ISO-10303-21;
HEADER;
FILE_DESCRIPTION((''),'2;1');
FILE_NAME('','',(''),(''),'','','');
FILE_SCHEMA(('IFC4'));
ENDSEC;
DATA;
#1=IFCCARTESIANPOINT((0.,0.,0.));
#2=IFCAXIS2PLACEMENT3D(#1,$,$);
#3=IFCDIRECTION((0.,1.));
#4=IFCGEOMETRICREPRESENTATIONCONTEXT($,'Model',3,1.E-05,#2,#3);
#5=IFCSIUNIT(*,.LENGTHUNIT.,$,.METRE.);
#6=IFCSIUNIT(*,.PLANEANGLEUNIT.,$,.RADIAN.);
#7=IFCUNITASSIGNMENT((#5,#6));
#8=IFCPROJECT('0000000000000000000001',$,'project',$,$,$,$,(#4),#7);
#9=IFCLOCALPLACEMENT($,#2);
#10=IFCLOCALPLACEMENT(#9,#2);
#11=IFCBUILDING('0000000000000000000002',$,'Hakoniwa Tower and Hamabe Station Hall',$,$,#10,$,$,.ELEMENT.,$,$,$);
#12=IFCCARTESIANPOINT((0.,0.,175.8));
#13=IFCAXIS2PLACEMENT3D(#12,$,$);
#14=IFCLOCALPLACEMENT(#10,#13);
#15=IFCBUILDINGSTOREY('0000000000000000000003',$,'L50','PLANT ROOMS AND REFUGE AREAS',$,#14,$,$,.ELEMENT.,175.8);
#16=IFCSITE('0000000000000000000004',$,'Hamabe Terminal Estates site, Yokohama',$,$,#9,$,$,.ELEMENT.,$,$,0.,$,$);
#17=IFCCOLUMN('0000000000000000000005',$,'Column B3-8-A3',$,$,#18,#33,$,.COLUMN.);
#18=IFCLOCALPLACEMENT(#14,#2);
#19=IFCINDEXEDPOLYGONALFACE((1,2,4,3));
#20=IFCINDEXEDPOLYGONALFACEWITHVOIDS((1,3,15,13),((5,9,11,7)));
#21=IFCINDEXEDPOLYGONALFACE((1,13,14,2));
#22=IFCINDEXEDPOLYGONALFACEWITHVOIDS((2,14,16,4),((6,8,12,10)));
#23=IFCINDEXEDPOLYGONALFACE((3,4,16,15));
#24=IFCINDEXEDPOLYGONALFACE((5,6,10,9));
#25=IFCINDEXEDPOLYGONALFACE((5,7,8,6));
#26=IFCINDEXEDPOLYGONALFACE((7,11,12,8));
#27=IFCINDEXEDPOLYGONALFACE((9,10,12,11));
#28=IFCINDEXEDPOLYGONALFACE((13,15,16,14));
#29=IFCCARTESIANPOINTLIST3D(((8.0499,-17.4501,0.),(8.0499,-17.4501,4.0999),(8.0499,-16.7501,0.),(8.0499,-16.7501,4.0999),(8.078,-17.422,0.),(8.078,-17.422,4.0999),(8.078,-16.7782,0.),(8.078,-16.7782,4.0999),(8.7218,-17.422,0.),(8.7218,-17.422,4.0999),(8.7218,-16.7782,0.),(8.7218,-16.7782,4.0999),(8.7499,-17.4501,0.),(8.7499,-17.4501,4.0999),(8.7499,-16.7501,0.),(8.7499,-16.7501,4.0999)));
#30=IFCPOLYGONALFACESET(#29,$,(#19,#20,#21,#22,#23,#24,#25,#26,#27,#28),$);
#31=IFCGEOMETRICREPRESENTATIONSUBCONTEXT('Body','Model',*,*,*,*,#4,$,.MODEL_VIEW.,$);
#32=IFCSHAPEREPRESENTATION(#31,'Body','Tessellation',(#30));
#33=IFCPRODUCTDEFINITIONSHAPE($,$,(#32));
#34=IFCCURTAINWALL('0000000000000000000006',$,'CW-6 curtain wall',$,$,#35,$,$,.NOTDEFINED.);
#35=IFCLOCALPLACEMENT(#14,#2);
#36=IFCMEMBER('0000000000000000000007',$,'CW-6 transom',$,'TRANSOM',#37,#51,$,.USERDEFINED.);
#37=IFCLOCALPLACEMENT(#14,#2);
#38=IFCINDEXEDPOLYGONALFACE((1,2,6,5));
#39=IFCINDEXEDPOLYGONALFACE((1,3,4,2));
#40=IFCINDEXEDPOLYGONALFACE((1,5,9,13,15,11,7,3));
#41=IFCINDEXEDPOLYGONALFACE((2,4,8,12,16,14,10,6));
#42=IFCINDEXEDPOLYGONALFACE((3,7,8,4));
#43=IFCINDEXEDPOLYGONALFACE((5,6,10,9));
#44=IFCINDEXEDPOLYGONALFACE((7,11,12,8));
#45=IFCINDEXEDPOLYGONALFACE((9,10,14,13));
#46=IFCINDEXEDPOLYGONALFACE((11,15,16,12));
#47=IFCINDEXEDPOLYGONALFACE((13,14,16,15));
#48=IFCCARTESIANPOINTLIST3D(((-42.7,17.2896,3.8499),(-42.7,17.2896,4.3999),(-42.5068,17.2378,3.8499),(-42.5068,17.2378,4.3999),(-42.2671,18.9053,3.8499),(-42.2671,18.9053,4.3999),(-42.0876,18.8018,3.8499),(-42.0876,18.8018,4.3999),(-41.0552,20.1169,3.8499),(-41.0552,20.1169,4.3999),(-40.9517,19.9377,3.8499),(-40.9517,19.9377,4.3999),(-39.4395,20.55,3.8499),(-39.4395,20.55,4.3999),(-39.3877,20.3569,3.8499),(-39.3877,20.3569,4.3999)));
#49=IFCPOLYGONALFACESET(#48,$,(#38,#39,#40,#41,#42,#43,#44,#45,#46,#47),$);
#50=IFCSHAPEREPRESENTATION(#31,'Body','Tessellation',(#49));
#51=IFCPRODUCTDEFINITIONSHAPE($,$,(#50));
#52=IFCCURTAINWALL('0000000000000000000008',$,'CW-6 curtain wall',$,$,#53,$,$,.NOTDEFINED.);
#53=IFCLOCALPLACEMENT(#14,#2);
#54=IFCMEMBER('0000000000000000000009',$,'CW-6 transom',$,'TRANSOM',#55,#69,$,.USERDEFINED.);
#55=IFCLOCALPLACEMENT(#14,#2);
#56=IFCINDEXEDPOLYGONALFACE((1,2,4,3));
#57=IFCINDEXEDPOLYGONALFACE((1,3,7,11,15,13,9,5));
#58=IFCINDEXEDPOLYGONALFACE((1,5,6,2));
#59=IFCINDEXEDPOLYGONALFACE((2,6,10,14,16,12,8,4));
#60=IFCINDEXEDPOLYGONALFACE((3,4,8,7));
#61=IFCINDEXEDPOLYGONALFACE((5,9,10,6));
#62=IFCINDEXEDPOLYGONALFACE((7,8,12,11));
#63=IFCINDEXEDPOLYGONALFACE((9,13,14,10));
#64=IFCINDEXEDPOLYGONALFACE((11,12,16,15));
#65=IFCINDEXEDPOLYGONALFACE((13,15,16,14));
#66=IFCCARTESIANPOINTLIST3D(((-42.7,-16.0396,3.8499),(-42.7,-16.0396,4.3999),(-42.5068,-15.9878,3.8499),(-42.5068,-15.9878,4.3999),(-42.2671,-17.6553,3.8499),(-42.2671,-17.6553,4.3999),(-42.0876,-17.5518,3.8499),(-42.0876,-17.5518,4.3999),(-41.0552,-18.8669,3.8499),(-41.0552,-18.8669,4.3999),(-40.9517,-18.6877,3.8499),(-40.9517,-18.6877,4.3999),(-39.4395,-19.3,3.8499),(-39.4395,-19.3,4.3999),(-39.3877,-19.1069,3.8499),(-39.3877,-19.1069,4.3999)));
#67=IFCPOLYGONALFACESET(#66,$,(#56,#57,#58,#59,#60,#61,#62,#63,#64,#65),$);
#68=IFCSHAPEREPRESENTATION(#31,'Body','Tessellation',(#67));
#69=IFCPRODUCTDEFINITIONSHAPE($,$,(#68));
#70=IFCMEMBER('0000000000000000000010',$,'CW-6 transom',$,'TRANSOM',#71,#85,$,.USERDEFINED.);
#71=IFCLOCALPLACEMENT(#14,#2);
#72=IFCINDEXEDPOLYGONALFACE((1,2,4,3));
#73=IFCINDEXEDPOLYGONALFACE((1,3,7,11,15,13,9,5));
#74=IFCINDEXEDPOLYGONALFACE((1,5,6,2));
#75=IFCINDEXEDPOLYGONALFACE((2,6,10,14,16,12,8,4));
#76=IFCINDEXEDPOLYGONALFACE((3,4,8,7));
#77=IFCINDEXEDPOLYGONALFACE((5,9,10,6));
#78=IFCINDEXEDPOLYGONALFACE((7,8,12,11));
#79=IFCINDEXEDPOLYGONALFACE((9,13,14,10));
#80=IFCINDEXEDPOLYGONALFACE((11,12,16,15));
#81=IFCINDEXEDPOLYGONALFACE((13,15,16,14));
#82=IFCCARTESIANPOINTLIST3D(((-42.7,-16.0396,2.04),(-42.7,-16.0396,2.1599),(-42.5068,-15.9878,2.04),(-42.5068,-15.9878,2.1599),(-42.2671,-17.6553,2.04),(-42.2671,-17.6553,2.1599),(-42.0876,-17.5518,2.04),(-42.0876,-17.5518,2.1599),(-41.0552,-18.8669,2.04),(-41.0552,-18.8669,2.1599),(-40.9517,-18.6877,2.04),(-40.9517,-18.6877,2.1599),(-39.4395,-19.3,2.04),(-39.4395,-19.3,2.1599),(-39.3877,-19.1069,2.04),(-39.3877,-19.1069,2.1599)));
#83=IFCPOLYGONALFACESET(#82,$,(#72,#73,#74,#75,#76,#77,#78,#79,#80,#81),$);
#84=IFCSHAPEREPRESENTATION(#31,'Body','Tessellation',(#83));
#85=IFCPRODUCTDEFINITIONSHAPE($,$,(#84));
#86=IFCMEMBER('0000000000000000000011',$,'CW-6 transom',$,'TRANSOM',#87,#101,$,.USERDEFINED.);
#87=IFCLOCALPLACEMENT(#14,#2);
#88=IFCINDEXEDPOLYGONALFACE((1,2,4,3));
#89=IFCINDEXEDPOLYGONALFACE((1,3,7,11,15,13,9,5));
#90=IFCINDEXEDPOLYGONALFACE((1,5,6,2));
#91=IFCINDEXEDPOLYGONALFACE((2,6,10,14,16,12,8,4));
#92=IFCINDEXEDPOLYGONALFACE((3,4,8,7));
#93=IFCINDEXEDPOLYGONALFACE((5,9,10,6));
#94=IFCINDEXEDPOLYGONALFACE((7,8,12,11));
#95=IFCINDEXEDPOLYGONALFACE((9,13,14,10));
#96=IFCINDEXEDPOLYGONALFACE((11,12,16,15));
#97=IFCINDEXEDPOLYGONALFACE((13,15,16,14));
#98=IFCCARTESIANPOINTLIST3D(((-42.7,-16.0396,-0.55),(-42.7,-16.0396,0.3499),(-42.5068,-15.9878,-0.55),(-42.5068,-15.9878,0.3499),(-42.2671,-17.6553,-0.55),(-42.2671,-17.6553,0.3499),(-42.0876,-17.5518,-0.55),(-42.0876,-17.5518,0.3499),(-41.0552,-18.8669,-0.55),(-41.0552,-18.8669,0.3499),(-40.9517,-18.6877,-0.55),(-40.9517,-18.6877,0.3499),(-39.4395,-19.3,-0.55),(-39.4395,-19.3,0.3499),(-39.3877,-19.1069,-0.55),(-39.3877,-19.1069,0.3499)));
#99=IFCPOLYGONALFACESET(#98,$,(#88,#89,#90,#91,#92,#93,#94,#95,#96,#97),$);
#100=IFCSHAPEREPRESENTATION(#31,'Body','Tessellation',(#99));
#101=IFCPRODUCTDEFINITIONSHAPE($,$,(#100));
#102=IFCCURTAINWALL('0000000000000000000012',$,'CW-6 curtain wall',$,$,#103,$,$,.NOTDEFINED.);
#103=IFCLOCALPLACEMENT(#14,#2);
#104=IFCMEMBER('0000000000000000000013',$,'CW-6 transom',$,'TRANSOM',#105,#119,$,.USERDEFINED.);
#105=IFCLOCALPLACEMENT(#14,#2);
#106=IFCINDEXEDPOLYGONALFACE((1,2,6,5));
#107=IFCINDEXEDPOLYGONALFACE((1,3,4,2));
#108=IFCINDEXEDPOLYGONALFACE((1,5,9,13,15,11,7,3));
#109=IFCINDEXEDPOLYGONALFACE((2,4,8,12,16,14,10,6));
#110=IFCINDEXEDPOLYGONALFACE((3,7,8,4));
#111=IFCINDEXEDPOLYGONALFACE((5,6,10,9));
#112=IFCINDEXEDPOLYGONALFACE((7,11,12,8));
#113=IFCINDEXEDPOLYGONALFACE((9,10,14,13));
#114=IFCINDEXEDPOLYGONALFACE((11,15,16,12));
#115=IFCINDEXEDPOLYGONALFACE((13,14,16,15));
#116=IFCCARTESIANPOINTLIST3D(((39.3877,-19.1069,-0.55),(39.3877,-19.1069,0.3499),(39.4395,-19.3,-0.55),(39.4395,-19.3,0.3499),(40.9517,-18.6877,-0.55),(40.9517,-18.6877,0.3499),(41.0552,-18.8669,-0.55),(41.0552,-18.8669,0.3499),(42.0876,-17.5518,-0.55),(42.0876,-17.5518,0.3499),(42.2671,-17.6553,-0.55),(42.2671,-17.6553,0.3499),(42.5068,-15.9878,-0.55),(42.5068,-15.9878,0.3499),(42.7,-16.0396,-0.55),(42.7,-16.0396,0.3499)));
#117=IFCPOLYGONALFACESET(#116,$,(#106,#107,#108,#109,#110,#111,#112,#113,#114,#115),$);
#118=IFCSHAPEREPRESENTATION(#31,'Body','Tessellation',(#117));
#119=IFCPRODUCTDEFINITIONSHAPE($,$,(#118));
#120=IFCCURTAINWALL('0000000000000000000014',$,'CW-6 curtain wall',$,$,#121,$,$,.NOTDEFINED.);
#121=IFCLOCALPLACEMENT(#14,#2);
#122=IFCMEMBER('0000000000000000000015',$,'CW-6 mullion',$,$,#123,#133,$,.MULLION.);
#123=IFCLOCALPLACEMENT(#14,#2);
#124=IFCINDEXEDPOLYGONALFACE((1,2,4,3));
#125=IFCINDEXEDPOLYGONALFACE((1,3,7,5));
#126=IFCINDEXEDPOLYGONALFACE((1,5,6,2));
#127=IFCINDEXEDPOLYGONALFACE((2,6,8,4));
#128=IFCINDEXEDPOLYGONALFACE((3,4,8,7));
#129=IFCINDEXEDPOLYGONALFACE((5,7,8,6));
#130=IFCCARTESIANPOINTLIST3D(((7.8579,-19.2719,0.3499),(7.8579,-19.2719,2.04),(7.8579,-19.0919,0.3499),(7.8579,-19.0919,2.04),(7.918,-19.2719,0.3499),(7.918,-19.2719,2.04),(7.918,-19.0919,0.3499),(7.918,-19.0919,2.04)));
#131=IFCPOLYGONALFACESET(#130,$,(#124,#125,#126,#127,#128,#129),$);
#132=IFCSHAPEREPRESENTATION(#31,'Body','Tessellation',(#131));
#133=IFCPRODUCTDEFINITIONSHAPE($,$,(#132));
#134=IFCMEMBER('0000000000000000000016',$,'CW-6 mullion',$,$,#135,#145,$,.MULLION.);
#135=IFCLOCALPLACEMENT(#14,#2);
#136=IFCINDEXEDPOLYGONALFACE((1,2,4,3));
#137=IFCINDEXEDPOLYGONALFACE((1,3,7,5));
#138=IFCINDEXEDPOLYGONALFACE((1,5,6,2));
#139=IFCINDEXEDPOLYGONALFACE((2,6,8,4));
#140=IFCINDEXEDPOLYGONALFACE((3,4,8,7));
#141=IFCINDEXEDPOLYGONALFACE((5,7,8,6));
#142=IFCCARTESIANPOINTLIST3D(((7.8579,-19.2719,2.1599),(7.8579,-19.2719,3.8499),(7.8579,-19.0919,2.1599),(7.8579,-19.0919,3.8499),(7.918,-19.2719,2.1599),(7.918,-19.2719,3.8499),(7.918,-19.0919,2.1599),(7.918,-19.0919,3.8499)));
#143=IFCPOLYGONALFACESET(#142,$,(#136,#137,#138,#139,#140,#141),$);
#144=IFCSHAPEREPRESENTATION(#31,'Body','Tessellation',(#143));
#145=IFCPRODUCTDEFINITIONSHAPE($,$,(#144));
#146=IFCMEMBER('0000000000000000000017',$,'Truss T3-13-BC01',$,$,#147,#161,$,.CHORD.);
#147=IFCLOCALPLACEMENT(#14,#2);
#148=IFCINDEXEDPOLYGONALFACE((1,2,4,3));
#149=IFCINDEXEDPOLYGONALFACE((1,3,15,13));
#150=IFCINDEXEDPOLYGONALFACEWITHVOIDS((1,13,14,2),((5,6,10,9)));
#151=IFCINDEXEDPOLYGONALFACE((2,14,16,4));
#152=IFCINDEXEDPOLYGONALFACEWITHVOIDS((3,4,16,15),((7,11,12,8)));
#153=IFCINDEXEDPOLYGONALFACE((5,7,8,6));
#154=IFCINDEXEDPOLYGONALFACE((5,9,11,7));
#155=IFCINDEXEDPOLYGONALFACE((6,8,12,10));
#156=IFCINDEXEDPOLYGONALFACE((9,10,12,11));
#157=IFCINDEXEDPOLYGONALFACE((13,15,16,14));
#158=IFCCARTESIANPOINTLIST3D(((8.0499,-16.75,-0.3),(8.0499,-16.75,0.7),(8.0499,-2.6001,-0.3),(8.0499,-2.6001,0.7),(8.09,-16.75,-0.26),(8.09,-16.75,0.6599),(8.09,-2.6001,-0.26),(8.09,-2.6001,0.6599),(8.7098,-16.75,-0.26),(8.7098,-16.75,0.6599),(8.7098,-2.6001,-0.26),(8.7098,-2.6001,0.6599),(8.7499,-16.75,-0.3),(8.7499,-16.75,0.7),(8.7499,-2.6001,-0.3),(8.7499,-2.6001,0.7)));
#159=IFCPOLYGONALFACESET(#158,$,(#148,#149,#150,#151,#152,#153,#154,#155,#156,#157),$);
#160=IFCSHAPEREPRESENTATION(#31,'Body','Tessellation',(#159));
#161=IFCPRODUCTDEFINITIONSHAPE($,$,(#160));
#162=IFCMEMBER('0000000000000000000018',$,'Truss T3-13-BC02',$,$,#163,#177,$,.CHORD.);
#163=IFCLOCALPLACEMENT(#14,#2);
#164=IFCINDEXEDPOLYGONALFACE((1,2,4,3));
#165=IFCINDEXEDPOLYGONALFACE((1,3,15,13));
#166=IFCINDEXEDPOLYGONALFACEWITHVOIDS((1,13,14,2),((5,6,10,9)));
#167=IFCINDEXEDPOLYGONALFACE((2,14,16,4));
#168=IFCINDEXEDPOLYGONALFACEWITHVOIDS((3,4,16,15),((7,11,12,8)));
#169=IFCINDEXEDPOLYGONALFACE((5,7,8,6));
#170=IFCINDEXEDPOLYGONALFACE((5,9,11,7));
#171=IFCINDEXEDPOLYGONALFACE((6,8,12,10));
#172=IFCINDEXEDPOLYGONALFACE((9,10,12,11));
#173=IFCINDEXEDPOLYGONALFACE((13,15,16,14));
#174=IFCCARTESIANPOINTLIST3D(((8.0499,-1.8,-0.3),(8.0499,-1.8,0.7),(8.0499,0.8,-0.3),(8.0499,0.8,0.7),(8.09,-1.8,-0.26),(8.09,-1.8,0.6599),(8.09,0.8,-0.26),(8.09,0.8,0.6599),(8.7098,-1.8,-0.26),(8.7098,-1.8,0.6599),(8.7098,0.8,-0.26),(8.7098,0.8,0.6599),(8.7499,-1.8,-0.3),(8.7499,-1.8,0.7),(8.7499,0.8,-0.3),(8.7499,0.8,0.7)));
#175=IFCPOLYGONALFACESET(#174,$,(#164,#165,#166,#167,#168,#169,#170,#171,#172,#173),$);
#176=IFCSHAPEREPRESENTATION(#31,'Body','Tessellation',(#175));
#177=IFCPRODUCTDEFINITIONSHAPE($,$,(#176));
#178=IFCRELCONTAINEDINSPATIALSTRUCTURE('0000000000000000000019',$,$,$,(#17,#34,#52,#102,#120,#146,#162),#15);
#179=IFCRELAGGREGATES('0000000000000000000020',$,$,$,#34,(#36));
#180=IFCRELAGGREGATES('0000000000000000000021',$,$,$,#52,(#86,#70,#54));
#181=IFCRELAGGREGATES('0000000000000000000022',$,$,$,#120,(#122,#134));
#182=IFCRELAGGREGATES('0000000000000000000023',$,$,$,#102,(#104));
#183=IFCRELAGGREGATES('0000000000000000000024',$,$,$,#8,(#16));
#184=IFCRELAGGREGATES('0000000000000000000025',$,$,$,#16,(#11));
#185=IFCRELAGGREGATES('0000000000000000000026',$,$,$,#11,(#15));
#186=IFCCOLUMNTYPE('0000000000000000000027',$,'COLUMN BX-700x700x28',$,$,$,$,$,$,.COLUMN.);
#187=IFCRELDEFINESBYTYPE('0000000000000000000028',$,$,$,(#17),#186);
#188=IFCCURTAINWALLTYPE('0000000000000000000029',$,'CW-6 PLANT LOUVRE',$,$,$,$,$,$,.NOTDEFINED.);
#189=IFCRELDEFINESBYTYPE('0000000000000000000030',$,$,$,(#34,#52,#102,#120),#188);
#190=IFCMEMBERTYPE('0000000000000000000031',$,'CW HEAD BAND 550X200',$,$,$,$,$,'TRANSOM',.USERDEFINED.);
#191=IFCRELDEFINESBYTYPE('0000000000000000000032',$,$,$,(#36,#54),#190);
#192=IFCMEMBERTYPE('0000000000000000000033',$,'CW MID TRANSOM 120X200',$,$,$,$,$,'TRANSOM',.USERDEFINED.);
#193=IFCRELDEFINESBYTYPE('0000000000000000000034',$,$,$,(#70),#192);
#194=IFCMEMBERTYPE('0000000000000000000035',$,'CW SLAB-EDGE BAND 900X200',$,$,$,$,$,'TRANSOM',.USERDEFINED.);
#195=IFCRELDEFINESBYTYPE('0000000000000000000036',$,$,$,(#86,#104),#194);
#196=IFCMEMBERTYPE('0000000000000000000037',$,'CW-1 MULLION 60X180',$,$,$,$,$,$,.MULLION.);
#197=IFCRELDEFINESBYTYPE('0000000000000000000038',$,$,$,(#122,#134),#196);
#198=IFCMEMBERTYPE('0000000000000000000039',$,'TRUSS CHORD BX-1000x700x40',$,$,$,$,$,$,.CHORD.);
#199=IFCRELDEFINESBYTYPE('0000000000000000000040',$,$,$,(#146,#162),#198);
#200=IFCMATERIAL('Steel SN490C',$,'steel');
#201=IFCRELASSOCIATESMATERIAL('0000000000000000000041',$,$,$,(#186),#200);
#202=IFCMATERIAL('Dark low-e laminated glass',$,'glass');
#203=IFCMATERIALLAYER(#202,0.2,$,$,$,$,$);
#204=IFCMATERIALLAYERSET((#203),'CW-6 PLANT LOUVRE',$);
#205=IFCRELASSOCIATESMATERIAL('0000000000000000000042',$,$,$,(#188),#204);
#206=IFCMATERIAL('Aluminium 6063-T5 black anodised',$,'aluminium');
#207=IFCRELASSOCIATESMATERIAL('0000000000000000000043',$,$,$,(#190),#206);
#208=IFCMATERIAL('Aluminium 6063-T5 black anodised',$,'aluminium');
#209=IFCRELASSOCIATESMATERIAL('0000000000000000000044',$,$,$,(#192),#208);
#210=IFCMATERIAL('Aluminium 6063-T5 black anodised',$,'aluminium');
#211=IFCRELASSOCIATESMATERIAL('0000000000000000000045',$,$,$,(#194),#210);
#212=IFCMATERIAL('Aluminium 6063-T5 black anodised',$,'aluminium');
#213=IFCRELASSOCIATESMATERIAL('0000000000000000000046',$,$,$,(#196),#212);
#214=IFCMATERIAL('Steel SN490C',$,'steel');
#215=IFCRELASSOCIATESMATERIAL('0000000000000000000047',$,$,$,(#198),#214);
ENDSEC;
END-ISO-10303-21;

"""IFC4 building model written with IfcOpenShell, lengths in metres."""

from ifc_helpers import new_model, si_unit, direction, frame, origin, origin_2d, place, context, subcontext, project, spatial, polyline, rectangle, hollow_rectangle, outline, extrude, material, layer, layer_set, material_profile, profile_set, type_object, element, aggregate, save


model = new_model("IFC4")

# Units and contexts
model_context = context("Model", 3, precision=1e-05, world=origin(), true_north=direction((0.0, 1.0)))
body_context = subcontext(model_context, "Body", "Model", "MODEL_VIEW")
ifc_project = project(units=[si_unit("LENGTHUNIT", "METRE"), si_unit("PLANEANGLEUNIT", "RADIAN")], contexts=[model_context])

# Site, building, storey
site_placement = place(None, origin())
site = spatial("IfcSite", under=ifc_project, at=site_placement, Name="Hamabe Terminal Estates site, Yokohama", CompositionType="ELEMENT", RefElevation=0.0)
building_placement = place(site_placement, origin())
building = spatial("IfcBuilding", under=site, at=building_placement, Name="Hakoniwa Tower and Hamabe Station Hall", CompositionType="ELEMENT")
storey_placement = place(building_placement, frame((0.0, 0.0, 175.8)))
storey = spatial("IfcBuildingStorey", under=building, at=storey_placement, Name="L50", Description="PLANT ROOMS AND REFUGE AREAS", CompositionType="ELEMENT", Elevation=175.8)

# Column
ifc_material_1 = material(Name="Steel SN490C", Category="steel")
ifc_material_profile_1 = material_profile(ifc_material_1, hollow_rectangle(XDim=0.7, YDim=0.7, WallThickness=0.0281, at=origin_2d()), Name="BX-700x700x28")
ifc_profile_set_1 = profile_set([ifc_material_profile_1], Name="Steel SN490C")
column_type = type_object("IfcColumnType", Name="COLUMN BX-700x700x28", PredefinedType="COLUMN", material=ifc_profile_set_1)
column_placement = place(storey_placement, frame((8.3999, -17.1001, 0.0), z_axis=(0.0, 0.0, 1.0), x_axis=(1.0, 0.0, 0.0)))
element("IfcColumn", 1, at=column_placement, inside=storey, type_object=column_type, Name="Column B3-8-A3", PredefinedType="COLUMN", context=body_context, shape_type="SweptSolid", body=[
    extrude(hollow_rectangle(XDim=0.7, YDim=0.7, WallThickness=0.0281, at=origin_2d()), origin(), (0.0, 0.0, 1.0), 4.0999),
])

# Curtain wall, member
ifc_material_2 = material(Name="Dark low-e laminated glass", Category="glass")
ifc_layer_1 = layer(ifc_material_2, 0.2)
ifc_layer_set_1 = layer_set([ifc_layer_1], Name="CW-6 PLANT LOUVRE")
curtain_wall_type = type_object("IfcCurtainWallType", Name="CW-6 PLANT LOUVRE", PredefinedType="NOTDEFINED", material=ifc_layer_set_1)
curtain_wall_1_placement = place(storey_placement, origin())
curtain_wall_1 = element("IfcCurtainWall", 2, at=curtain_wall_1_placement, inside=storey, type_object=curtain_wall_type, Name="CW-6 curtain wall", PredefinedType="NOTDEFINED")
ifc_material_3 = material(Name="Aluminium 6063-T5 black anodised", Category="aluminium")
ifc_material_profile_2 = material_profile(ifc_material_3, rectangle(XDim=0.2, YDim=0.55, at=origin_2d()), Name="CW HEAD BAND 550X200")
ifc_profile_set_2 = profile_set([ifc_material_profile_2], Name="Aluminium 6063-T5 black anodised")
member_type_1 = type_object("IfcMemberType", Name="CW HEAD BAND 550X200", ElementType="TRANSOM", PredefinedType="USERDEFINED", material=ifc_profile_set_2)
member_1_placement = place(storey_placement, frame((0.0, 0.0, 3.8499)))
member_1 = element("IfcMember", 3, at=member_1_placement, type_object=member_type_1, Name="CW-6 transom", ObjectType="TRANSOM", PredefinedType="USERDEFINED", context=body_context, shape_type="SweptSolid", body=[
    extrude(outline(polyline([(-39.4395, 20.55), (-41.0552, 20.1169), (-42.2671, 18.9053), (-42.7, 17.2896), (-42.5068, 17.2378), (-42.0876, 18.8018), (-40.9517, 19.9377), (-39.3877, 20.3569), (-39.4395, 20.55)])), origin(), (0.0, 0.0, 1.0), 0.55),
])
aggregate(curtain_wall_1, [member_1])

# Curtain wall, members
curtain_wall_2_placement = place(storey_placement, origin())
curtain_wall_2 = element("IfcCurtainWall", 4, at=curtain_wall_2_placement, inside=storey, type_object=curtain_wall_type, Name="CW-6 curtain wall", PredefinedType="NOTDEFINED")
member_2_placement = place(storey_placement, frame((0.0, 0.0, 3.8499)))
member_2 = element("IfcMember", 5, at=member_2_placement, type_object=member_type_1, Name="CW-6 transom", ObjectType="TRANSOM", PredefinedType="USERDEFINED", context=body_context, shape_type="SweptSolid", body=[
    extrude(outline(polyline([(-42.7, -16.0396), (-42.2671, -17.6553), (-41.0552, -18.8669), (-39.4395, -19.3), (-39.3877, -19.1069), (-40.9517, -18.6877), (-42.0876, -17.5518), (-42.5068, -15.9878), (-42.7, -16.0396)])), origin(), (0.0, 0.0, 1.0), 0.55),
])
ifc_material_4 = material(Name="Aluminium 6063-T5 black anodised", Category="aluminium")
ifc_material_profile_3 = material_profile(ifc_material_4, rectangle(XDim=0.2, YDim=0.1201, at=origin_2d()), Name="CW MID TRANSOM 120X200")
ifc_profile_set_3 = profile_set([ifc_material_profile_3], Name="Aluminium 6063-T5 black anodised")
member_type_2 = type_object("IfcMemberType", Name="CW MID TRANSOM 120X200", ElementType="TRANSOM", PredefinedType="USERDEFINED", material=ifc_profile_set_3)
member_3_placement = place(storey_placement, frame((0.0, 0.0, 2.04)))
member_3 = element("IfcMember", 6, at=member_3_placement, type_object=member_type_2, Name="CW-6 transom", ObjectType="TRANSOM", PredefinedType="USERDEFINED", context=body_context, shape_type="SweptSolid", body=[
    extrude(outline(polyline([(-42.7, -16.0396), (-42.2671, -17.6553), (-41.0552, -18.8669), (-39.4395, -19.3), (-39.3877, -19.1069), (-40.9517, -18.6877), (-42.0876, -17.5518), (-42.5068, -15.9878), (-42.7, -16.0396)])), origin(), (0.0, 0.0, 1.0), 0.1199),
])
ifc_material_5 = material(Name="Aluminium 6063-T5 black anodised", Category="aluminium")
ifc_material_profile_4 = material_profile(ifc_material_5, rectangle(XDim=0.2, YDim=0.8999, at=origin_2d()), Name="CW SLAB-EDGE BAND 900X200")
ifc_profile_set_4 = profile_set([ifc_material_profile_4], Name="Aluminium 6063-T5 black anodised")
member_type_3 = type_object("IfcMemberType", Name="CW SLAB-EDGE BAND 900X200", ElementType="TRANSOM", PredefinedType="USERDEFINED", material=ifc_profile_set_4)
member_4_placement = place(storey_placement, frame((0.0, 0.0, -0.55)))
member_4 = element("IfcMember", 7, at=member_4_placement, type_object=member_type_3, Name="CW-6 transom", ObjectType="TRANSOM", PredefinedType="USERDEFINED", context=body_context, shape_type="SweptSolid", body=[
    extrude(outline(polyline([(-42.7, -16.0396), (-42.2671, -17.6553), (-41.0552, -18.8669), (-39.4395, -19.3), (-39.3877, -19.1069), (-40.9517, -18.6877), (-42.0876, -17.5518), (-42.5068, -15.9878), (-42.7, -16.0396)])), origin(), (0.0, 0.0, 1.0), 0.8999),
])

# Curtain wall, member
curtain_wall_3_placement = place(storey_placement, origin())
curtain_wall_3 = element("IfcCurtainWall", 8, at=curtain_wall_3_placement, inside=storey, type_object=curtain_wall_type, Name="CW-6 curtain wall", PredefinedType="NOTDEFINED")
member_5_placement = place(storey_placement, frame((0.0, 0.0, -0.55)))
member_5 = element("IfcMember", 9, at=member_5_placement, type_object=member_type_3, Name="CW-6 transom", ObjectType="TRANSOM", PredefinedType="USERDEFINED", context=body_context, shape_type="SweptSolid", body=[
    extrude(outline(polyline([(39.4395, -19.3), (41.0552, -18.8669), (42.2671, -17.6553), (42.7, -16.0396), (42.5068, -15.9878), (42.0876, -17.5518), (40.9517, -18.6877), (39.3877, -19.1069), (39.4395, -19.3)])), origin(), (0.0, 0.0, 1.0), 0.8999),
])

# Curtain wall, members
curtain_wall_4_placement = place(storey_placement, origin())
curtain_wall_4 = element("IfcCurtainWall", 10, at=curtain_wall_4_placement, inside=storey, type_object=curtain_wall_type, Name="CW-6 curtain wall", PredefinedType="NOTDEFINED")
ifc_material_6 = material(Name="Aluminium 6063-T5 black anodised", Category="aluminium")
ifc_material_profile_5 = material_profile(ifc_material_6, rectangle(XDim=0.0601, YDim=0.1799, at=origin_2d()), Name="CW-1 MULLION 60X180")
ifc_profile_set_5 = profile_set([ifc_material_profile_5], Name="Aluminium 6063-T5 black anodised")
member_type_4 = type_object("IfcMemberType", Name="CW-1 MULLION 60X180", PredefinedType="MULLION", material=ifc_profile_set_5)
member_6_placement = place(storey_placement, frame((7.8879, -19.1819, 0.3499), z_axis=(0.0, 0.0, 1.0), x_axis=(1.0, 0.0, 0.0)))
member_6 = element("IfcMember", 11, at=member_6_placement, type_object=member_type_4, Name="CW-6 mullion", PredefinedType="MULLION", context=body_context, shape_type="SweptSolid", body=[
    extrude(rectangle(XDim=0.0601, YDim=0.1799, at=origin_2d()), origin(), (0.0, 0.0, 1.0), 1.6902),
])
member_7_placement = place(storey_placement, frame((7.8879, -19.1819, 2.1599), z_axis=(0.0, 0.0, 1.0), x_axis=(1.0, 0.0, 0.0)))
member_7 = element("IfcMember", 12, at=member_7_placement, type_object=member_type_4, Name="CW-6 mullion", PredefinedType="MULLION", context=body_context, shape_type="SweptSolid", body=[
    extrude(rectangle(XDim=0.0601, YDim=0.1799, at=origin_2d()), origin(), (0.0, 0.0, 1.0), 1.6899),
])

# Members
ifc_material_7 = material(Name="Steel SN490C", Category="steel")
ifc_material_profile_6 = material_profile(ifc_material_7, hollow_rectangle(XDim=0.7, YDim=1.0, WallThickness=0.04, at=origin_2d()), Name="BX-1000x700x40")
ifc_profile_set_6 = profile_set([ifc_material_profile_6], Name="Steel SN490C")
member_type_5 = type_object("IfcMemberType", Name="TRUSS CHORD BX-1000x700x40", PredefinedType="CHORD", material=ifc_profile_set_6)
member_8_placement = place(storey_placement, frame((8.3999, -16.75, 0.2), z_axis=(0.0, 1.0, 0.0), x_axis=(-1.0, 0.0, 0.0)))
element("IfcMember", 13, at=member_8_placement, inside=storey, type_object=member_type_5, Name="Truss T3-13-BC01", PredefinedType="CHORD", context=body_context, shape_type="SweptSolid", body=[
    extrude(hollow_rectangle(XDim=0.7, YDim=1.0, WallThickness=0.04, at=origin_2d()), origin(), (0.0, 0.0, 1.0), 14.1499),
])
member_9_placement = place(storey_placement, frame((8.3999, -1.8, 0.2), z_axis=(0.0, 1.0, 0.0), x_axis=(-1.0, 0.0, 0.0)))
element("IfcMember", 14, at=member_9_placement, inside=storey, type_object=member_type_5, Name="Truss T3-13-BC02", PredefinedType="CHORD", context=body_context, shape_type="SweptSolid", body=[
    extrude(hollow_rectangle(XDim=0.7, YDim=1.0, WallThickness=0.04, at=origin_2d()), origin(), (0.0, 0.0, 1.0), 2.6001),
])

aggregate(curtain_wall_2, [member_4, member_3, member_2])
aggregate(curtain_wall_4, [member_6, member_7])
aggregate(curtain_wall_3, [member_5])

save(model, "model.ifc")
